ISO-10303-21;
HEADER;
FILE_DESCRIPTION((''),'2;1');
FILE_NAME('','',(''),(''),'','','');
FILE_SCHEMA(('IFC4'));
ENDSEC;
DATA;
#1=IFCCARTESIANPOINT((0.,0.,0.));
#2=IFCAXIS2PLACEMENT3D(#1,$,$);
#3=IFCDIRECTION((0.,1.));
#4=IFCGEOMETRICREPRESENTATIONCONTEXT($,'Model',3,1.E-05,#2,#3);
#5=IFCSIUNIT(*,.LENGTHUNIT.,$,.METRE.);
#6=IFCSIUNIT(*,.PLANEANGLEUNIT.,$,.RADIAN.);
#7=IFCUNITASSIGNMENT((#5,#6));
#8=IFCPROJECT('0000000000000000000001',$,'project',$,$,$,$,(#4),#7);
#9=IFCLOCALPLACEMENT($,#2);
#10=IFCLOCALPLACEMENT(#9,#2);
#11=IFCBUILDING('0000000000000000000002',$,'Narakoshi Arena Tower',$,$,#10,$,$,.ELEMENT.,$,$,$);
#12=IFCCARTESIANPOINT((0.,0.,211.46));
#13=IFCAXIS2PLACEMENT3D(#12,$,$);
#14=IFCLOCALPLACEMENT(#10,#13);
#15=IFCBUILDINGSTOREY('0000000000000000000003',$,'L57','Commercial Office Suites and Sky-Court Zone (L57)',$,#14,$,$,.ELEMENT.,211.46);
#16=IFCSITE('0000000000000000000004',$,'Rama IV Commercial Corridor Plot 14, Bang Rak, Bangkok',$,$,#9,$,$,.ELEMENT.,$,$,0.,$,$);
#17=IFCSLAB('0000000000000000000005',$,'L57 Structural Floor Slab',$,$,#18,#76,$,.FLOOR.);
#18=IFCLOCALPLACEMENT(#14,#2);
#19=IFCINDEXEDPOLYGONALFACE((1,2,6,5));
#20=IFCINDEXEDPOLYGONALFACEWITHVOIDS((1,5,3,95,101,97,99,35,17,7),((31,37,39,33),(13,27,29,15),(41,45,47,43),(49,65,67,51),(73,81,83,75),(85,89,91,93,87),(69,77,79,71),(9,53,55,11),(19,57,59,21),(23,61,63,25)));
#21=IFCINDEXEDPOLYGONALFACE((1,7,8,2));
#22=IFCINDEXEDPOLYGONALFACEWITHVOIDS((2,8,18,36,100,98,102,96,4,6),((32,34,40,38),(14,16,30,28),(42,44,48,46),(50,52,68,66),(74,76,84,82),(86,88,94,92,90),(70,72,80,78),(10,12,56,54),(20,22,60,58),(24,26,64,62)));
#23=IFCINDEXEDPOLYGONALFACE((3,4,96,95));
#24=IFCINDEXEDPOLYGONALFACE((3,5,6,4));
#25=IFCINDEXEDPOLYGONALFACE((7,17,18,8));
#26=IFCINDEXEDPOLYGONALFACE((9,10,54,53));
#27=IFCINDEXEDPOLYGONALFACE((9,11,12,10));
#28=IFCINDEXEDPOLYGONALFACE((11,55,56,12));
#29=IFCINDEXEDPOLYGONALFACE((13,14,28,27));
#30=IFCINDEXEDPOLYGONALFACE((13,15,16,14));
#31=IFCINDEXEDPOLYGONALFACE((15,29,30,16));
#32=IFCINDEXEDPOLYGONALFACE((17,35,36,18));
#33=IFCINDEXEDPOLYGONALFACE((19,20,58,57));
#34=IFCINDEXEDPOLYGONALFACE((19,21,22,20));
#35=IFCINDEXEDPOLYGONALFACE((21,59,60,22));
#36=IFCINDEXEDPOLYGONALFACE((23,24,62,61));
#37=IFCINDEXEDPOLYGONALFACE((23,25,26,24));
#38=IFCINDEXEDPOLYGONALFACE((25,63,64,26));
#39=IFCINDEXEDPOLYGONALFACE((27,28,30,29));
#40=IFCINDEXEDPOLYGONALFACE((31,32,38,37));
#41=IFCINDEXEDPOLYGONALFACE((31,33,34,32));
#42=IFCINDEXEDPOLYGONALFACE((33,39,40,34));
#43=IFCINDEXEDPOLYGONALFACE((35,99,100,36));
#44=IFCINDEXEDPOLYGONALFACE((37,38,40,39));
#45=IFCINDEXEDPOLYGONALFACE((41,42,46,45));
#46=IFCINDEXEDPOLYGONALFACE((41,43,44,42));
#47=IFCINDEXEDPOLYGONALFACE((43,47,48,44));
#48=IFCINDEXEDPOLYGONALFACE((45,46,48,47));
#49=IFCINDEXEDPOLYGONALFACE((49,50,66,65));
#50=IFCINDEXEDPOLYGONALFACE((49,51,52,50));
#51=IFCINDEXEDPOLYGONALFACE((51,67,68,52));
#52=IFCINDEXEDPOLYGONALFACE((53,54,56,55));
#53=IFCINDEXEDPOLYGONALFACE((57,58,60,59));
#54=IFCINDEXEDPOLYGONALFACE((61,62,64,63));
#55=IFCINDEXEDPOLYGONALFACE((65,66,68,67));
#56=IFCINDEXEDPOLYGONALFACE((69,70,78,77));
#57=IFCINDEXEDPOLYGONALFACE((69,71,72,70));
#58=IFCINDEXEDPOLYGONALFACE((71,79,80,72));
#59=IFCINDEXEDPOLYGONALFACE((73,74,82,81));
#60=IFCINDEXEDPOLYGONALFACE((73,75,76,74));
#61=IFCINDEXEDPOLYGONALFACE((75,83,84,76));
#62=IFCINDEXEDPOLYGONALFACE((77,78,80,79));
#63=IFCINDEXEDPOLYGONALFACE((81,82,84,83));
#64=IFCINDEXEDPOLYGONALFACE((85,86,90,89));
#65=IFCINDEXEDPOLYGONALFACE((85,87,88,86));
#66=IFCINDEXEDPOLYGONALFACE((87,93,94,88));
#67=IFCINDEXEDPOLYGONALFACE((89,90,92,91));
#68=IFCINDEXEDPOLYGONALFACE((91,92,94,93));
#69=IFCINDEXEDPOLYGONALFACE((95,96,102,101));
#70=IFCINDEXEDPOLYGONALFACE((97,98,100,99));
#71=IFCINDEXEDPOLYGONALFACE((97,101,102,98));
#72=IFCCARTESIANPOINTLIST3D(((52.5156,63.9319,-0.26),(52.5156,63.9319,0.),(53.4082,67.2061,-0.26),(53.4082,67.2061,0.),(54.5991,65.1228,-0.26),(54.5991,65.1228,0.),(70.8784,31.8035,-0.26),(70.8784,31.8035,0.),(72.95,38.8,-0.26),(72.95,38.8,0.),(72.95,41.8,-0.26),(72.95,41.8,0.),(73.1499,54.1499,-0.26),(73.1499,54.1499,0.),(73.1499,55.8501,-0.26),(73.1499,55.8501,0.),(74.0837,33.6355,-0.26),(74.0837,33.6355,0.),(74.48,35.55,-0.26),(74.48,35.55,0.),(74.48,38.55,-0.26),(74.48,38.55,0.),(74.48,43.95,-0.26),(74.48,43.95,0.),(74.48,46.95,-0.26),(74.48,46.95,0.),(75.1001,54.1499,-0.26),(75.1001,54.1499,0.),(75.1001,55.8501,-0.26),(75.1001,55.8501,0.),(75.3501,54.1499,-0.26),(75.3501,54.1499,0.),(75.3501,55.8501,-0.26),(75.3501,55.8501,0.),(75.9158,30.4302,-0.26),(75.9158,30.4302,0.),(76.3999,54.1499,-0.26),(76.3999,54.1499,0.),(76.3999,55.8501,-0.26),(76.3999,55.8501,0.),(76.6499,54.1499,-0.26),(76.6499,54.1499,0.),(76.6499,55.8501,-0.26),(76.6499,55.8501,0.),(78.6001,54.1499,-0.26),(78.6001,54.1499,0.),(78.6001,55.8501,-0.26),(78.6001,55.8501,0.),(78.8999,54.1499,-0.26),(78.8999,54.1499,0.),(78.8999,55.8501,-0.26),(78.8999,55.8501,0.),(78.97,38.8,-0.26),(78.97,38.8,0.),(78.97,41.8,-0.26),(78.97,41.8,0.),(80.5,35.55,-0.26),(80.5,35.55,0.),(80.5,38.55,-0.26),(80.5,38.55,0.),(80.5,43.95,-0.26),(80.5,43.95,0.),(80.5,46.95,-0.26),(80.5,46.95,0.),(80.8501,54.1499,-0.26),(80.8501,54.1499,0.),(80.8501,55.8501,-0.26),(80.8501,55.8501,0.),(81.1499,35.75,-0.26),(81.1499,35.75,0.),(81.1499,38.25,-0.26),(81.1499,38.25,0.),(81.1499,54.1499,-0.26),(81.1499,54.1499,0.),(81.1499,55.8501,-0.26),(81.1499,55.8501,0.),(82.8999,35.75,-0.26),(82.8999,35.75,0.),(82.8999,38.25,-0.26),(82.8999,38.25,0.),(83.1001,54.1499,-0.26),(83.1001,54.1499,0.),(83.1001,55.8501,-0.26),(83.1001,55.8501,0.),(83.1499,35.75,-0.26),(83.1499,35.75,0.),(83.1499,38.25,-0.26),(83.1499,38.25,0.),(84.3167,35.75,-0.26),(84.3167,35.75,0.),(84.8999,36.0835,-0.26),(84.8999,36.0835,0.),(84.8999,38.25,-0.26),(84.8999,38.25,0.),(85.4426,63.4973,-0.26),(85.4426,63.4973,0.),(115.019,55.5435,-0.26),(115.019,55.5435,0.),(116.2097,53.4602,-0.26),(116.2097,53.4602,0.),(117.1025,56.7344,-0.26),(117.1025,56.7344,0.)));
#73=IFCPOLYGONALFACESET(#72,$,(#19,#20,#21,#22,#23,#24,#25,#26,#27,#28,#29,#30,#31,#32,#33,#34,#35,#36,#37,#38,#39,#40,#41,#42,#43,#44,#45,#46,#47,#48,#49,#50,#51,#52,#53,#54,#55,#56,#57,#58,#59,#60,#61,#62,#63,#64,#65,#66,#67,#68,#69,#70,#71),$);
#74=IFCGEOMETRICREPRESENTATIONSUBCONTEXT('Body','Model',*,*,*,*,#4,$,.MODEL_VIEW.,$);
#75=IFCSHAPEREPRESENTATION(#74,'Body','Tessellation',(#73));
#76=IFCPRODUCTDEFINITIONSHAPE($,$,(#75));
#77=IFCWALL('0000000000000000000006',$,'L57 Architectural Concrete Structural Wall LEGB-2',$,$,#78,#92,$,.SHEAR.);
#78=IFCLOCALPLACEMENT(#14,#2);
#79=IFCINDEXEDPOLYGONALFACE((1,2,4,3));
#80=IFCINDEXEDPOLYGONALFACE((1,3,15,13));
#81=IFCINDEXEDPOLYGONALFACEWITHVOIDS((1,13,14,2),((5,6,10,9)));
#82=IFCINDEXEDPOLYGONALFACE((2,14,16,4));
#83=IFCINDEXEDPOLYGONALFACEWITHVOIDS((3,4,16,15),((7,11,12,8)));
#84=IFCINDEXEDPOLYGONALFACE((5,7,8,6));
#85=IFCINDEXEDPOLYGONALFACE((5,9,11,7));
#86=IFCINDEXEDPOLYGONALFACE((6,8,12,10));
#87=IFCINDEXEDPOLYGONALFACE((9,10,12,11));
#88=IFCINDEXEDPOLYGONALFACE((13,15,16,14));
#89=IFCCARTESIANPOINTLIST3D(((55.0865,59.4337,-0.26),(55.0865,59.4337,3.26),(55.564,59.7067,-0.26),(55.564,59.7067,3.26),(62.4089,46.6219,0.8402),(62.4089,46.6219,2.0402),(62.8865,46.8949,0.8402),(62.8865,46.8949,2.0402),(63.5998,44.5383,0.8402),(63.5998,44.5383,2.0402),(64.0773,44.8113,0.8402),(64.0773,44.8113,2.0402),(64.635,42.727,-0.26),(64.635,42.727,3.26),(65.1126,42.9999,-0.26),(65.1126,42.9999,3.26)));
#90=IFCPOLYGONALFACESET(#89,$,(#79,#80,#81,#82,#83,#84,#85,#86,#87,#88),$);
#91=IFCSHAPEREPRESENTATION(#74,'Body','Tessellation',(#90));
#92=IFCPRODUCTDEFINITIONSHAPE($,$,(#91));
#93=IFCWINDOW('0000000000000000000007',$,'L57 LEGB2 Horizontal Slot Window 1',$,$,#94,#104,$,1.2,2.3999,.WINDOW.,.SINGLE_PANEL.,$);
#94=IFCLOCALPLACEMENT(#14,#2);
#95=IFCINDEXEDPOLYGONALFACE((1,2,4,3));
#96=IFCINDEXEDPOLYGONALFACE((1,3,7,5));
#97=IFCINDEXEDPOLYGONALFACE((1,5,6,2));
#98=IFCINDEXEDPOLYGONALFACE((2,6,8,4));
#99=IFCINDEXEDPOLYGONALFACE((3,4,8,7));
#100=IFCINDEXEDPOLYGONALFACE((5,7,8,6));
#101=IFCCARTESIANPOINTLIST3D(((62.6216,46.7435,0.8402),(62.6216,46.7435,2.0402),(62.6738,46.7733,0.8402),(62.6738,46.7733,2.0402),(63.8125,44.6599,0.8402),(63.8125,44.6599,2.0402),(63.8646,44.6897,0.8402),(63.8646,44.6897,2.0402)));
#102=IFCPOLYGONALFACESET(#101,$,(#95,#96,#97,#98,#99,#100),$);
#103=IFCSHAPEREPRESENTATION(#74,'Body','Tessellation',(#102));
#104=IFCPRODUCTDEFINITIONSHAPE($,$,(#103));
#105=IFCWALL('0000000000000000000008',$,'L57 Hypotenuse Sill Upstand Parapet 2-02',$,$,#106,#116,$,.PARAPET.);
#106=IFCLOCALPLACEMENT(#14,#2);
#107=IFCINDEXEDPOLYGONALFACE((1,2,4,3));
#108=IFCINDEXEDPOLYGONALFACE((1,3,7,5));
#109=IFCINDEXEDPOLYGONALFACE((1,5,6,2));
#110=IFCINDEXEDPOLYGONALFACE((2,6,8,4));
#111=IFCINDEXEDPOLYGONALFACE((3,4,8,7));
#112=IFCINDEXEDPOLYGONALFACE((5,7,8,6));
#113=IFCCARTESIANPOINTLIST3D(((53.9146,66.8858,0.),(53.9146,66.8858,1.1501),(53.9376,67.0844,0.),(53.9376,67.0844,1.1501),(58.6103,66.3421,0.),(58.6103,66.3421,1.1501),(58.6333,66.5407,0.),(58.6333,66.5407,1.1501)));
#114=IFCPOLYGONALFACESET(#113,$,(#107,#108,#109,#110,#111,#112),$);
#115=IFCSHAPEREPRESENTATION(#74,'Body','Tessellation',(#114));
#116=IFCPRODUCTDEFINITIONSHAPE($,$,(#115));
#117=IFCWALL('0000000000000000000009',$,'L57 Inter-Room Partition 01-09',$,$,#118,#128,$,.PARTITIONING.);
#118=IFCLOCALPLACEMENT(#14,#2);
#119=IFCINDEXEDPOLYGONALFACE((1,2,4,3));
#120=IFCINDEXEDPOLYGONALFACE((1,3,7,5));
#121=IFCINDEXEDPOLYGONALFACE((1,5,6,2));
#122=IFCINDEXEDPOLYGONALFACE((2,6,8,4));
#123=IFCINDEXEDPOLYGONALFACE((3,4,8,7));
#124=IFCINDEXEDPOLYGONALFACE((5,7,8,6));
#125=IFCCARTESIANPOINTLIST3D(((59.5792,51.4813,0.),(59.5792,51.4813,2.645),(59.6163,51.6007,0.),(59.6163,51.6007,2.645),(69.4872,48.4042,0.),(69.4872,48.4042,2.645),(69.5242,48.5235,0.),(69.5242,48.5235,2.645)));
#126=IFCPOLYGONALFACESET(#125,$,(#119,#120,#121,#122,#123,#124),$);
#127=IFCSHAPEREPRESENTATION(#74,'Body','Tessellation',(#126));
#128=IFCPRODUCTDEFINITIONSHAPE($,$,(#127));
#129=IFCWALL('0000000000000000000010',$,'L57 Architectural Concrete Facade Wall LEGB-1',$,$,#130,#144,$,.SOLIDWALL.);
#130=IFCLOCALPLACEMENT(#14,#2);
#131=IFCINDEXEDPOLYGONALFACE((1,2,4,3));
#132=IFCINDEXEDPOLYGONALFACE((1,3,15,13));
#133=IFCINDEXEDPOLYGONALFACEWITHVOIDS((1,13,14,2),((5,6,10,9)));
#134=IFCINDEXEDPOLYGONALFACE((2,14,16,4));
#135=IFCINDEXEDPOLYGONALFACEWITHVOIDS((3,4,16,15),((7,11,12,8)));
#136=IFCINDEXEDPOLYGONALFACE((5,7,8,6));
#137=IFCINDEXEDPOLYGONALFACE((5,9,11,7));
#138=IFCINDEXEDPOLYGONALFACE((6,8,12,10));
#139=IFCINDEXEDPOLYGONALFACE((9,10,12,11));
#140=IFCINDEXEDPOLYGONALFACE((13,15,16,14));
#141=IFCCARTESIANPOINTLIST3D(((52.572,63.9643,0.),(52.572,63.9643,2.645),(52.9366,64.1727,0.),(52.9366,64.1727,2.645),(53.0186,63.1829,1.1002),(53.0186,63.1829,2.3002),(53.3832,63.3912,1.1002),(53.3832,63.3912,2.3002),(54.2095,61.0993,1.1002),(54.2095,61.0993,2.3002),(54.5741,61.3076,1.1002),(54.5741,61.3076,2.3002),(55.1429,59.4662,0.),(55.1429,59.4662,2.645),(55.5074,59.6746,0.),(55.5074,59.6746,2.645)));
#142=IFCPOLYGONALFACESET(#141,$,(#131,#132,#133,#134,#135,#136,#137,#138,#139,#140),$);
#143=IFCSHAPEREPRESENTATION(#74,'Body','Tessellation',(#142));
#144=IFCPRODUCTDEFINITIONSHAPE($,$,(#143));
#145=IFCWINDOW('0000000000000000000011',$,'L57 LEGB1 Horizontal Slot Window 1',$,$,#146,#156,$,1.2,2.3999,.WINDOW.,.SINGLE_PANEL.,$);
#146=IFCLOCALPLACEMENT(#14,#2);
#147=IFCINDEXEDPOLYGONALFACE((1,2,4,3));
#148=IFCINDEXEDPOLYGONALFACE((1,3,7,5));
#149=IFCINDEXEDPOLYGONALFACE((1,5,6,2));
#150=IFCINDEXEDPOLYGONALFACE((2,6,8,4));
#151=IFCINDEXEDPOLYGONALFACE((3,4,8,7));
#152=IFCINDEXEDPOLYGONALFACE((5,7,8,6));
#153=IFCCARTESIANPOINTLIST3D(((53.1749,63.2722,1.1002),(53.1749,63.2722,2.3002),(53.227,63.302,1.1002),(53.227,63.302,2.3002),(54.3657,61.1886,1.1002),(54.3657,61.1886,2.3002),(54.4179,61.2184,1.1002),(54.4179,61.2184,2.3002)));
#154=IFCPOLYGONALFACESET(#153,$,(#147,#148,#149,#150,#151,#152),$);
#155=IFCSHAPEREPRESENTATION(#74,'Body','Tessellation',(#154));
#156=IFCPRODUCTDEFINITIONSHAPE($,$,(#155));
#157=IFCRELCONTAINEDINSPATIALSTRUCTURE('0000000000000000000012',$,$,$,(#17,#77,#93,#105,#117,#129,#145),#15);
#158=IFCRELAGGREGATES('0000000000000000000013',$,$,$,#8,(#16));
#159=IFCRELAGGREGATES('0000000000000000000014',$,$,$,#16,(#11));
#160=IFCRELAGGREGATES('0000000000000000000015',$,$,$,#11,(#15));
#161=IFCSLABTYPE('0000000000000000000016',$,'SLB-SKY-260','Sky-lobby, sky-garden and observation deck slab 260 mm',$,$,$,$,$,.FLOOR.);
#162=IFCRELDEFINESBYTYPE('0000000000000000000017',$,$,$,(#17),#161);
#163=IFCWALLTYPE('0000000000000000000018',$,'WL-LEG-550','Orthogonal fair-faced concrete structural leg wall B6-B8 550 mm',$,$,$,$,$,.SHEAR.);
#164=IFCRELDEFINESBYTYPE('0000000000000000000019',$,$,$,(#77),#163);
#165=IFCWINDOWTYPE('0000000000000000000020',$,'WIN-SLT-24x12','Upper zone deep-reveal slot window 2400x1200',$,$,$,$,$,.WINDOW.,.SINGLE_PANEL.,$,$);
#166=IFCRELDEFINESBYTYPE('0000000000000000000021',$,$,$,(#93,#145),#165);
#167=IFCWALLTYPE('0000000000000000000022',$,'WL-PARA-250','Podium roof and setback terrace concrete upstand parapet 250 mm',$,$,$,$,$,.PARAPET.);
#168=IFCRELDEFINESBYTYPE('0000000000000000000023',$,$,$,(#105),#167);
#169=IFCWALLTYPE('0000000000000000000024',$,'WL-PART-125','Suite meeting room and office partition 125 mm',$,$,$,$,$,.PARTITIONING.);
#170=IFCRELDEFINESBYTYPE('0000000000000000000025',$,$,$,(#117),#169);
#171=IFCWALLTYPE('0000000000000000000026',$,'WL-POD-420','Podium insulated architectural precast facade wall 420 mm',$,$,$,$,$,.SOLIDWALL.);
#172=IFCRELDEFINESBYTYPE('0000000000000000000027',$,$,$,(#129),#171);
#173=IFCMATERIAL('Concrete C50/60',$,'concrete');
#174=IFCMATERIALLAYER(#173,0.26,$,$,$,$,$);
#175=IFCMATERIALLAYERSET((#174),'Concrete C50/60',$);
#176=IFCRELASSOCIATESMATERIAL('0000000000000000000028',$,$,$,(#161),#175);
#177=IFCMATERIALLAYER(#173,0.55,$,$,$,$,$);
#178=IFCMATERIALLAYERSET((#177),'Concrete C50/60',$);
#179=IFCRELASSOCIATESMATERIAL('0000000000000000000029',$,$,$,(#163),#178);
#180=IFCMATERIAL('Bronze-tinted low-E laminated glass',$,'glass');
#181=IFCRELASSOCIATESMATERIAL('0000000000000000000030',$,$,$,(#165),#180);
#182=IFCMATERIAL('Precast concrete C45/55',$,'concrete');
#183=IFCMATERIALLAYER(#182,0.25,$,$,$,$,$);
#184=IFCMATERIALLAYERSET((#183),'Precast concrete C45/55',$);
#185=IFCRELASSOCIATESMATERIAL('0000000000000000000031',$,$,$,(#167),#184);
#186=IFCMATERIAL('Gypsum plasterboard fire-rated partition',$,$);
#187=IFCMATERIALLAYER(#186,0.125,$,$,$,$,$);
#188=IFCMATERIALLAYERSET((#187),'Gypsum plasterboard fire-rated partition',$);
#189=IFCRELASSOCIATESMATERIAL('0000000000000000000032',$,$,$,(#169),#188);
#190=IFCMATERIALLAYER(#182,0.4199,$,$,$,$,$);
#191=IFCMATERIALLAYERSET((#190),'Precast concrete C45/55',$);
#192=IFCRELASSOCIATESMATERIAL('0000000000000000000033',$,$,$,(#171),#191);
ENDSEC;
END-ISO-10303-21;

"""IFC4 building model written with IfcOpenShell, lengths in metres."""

from ifc_helpers import new_model, si_unit, direction, frame, frame_2d, origin, place, context, subcontext, project, spatial, polyline, rectangle, outline, extrude, material, layer, layer_set, type_object, element, fill, save


model = new_model("IFC4")

# Units and contexts
model_context = context("Model", 3, precision=1e-05, world=origin(), true_north=direction((0.0, 1.0)))
body_context = subcontext(model_context, "Body", "Model", "MODEL_VIEW")
ifc_project = project(units=[si_unit("LENGTHUNIT", "METRE"), si_unit("PLANEANGLEUNIT", "RADIAN")], contexts=[model_context])

# Site, building, storey
site_placement = place(None, origin())
site = spatial("IfcSite", under=ifc_project, at=site_placement, Name="Rama IV Commercial Corridor Plot 14, Bang Rak, Bangkok", CompositionType="ELEMENT", RefElevation=0.0)
building_placement = place(site_placement, origin())
building = spatial("IfcBuilding", under=site, at=building_placement, Name="Narakoshi Arena Tower", CompositionType="ELEMENT")
storey_placement = place(building_placement, frame((0.0, 0.0, 211.46)))
storey = spatial("IfcBuildingStorey", under=building, at=storey_placement, Name="L57", Description="Commercial Office Suites and Sky-Court Zone (L57)", CompositionType="ELEMENT", Elevation=211.46)

# Shared definitions
ifc_material_1 = material(Name="Concrete C50/60", Category="concrete")

# Shared definitions
ifc_material_2 = material(Name="Bronze-tinted low-E laminated glass", Category="glass")

# Slab
ifc_layer_1 = layer(ifc_material_1, 0.26)
ifc_layer_set_1 = layer_set([ifc_layer_1], Name="Concrete C50/60")
slab_type_1 = type_object("IfcSlabType", Name="SLB-SKY-260", Description="Sky-lobby, sky-garden and observation deck slab 260 mm", PredefinedType="FLOOR", material=ifc_layer_set_1)
slab_1_placement = place(storey_placement, frame((0.0, 0.0, -0.26)))
element("IfcSlab", 1, at=slab_1_placement, inside=storey, type_object=slab_type_1, Name="L57 Structural Floor Slab", PredefinedType="FLOOR", context=body_context, shape_type="SweptSolid", body=[
    extrude(outline(polyline([(75.9158, 30.4302), (116.2097, 53.4602), (115.019, 55.5435), (117.1025, 56.7344), (85.4426, 63.4973), (53.4082, 67.2061), (54.5991, 65.1228), (52.5156, 63.9319), (70.8784, 31.8035), (74.0837, 33.6355), (75.9158, 30.4302)]), holes=[polyline([(80.5, 35.55), (74.48, 35.55), (74.48, 38.55), (80.5, 38.55), (80.5, 35.55)]), polyline([(82.8999, 35.75), (81.1499, 35.75), (81.1499, 38.25), (82.8999, 38.25), (82.8999, 35.75)]), polyline([(84.8999, 36.0835), (84.3167, 35.75), (83.1499, 35.75), (83.1499, 38.25), (84.8999, 38.25), (84.8999, 36.0835)]), polyline([(72.95, 38.8), (72.95, 41.8), (78.97, 41.8), (78.97, 38.8), (72.95, 38.8)]), polyline([(74.48, 43.95), (74.48, 46.95), (80.5, 46.95), (80.5, 43.95), (74.48, 43.95)]), polyline([(75.1001, 54.1499), (73.1499, 54.1499), (73.1499, 55.8501), (75.1001, 55.8501), (75.1001, 54.1499)]), polyline([(76.3999, 54.1499), (75.3501, 54.1499), (75.3501, 55.8501), (76.3999, 55.8501), (76.3999, 54.1499)]), polyline([(78.6001, 54.1499), (76.6499, 54.1499), (76.6499, 55.8501), (78.6001, 55.8501), (78.6001, 54.1499)]), polyline([(78.8999, 54.1499), (78.8999, 55.8501), (80.8501, 55.8501), (80.8501, 54.1499), (78.8999, 54.1499)]), polyline([(81.1499, 54.1499), (81.1499, 55.8501), (83.1001, 55.8501), (83.1001, 54.1499), (81.1499, 54.1499)])]), origin(), (0.0, 0.0, 1.0), 0.26),
])

# Wall, opening, window
ifc_layer_2 = layer(ifc_material_1, 0.55)
ifc_layer_set_2 = layer_set([ifc_layer_2], Name="Concrete C50/60")
wall_type_1 = type_object("IfcWallType", Name="WL-LEG-550", Description="Orthogonal fair-faced concrete structural leg wall B6-B8 550 mm", PredefinedType="SHEAR", material=ifc_layer_set_2)
wall_1_placement = place(storey_placement, frame((55.3252, 59.5703, -0.26), z_axis=(0.0, 0.0, 1.0), x_axis=(0.496211, -0.868202, 0.0)))
wall_1 = element("IfcWall", 2, at=wall_1_placement, inside=storey, type_object=wall_type_1, Name="L57 Architectural Concrete Structural Wall LEGB-2", PredefinedType="SHEAR", context=body_context, shape_type="SweptSolid", body=[
    extrude(rectangle(XDim=19.2429, YDim=0.55, at=frame_2d((9.6216, 0.0))), origin(), (0.0, 0.0, 1.0), 3.52),
])
opening_1_placement = place(wall_1_placement, frame((14.7568, 0.0, 1.1001)))
opening_1 = element("IfcOpeningElement", 3, at=opening_1_placement, cuts=wall_1, PredefinedType="OPENING", context=body_context, shape_type="SweptSolid", body=[
    extrude(rectangle(XDim=2.3999, YDim=1.2, at=frame_2d((1.2, 0.6001))), frame((0.0, 0.2849, 0.0), z_axis=(0.0, -1.0, 0.0), x_axis=(1.0, 0.0, 0.0)), (0.0, 0.0, 1.0), 0.5701),
])
window_type_1 = type_object("IfcWindowType", Name="WIN-SLT-24x12", Description="Upper zone deep-reveal slot window 2400x1200", PartitioningType="SINGLE_PANEL", PredefinedType="WINDOW", material=ifc_material_2)
window_1_placement = place(opening_1_placement, origin())
window_1 = element("IfcWindow", 4, at=window_1_placement, inside=storey, type_object=window_type_1, Name="L57 LEGB2 Horizontal Slot Window 1", OverallHeight=1.2, OverallWidth=2.3999, PartitioningType="SINGLE_PANEL", PredefinedType="WINDOW", context=body_context, shape_type="SweptSolid", body=[
    extrude(rectangle(XDim=2.3999, YDim=1.2, at=frame_2d((1.2, 0.6001))), frame((0.0, 0.03, 0.0), z_axis=(0.0, -1.0, 0.0), x_axis=(1.0, 0.0, 0.0)), (0.0, 0.0, 1.0), 0.0601),
])
fill(opening_1, window_1)

# Walls
ifc_material_3 = material(Name="Precast concrete C45/55", Category="concrete")
ifc_layer_3 = layer(ifc_material_3, 0.25)
ifc_layer_set_3 = layer_set([ifc_layer_3], Name="Precast concrete C45/55")
wall_type_2 = type_object("IfcWallType", Name="WL-PARA-250", Description="Podium roof and setback terrace concrete upstand parapet 250 mm", PredefinedType="PARAPET", material=ifc_layer_set_3)
wall_2_placement = place(storey_placement, frame((58.6218, 66.4414, 0.0), z_axis=(0.0, 0.0, 1.0), x_axis=(-0.993363, 0.115022, 0.0)))
element("IfcWall", 5, at=wall_2_placement, inside=storey, type_object=wall_type_2, Name="L57 Hypotenuse Sill Upstand Parapet 2-02", PredefinedType="PARAPET", context=body_context, shape_type="SweptSolid", body=[
    extrude(rectangle(XDim=4.7271, YDim=0.2, at=frame_2d((2.3635, 0.0))), origin(), (0.0, 0.0, 1.0), 1.1501),
])
ifc_material_4 = material(Name="Gypsum plasterboard fire-rated partition")
ifc_layer_4 = layer(ifc_material_4, 0.125)
ifc_layer_set_4 = layer_set([ifc_layer_4], Name="Gypsum plasterboard fire-rated partition")
wall_type_3 = type_object("IfcWallType", Name="WL-PART-125", Description="Suite meeting room and office partition 125 mm", PredefinedType="PARTITIONING", material=ifc_layer_set_4)
wall_3_placement = place(storey_placement, frame((59.5977, 51.541, 0.0), z_axis=(0.0, 0.0, 1.0), x_axis=(0.955002, -0.296598, 0.0)))
element("IfcWall", 6, at=wall_3_placement, inside=storey, type_object=wall_type_3, Name="L57 Inter-Room Partition 01-09", PredefinedType="PARTITIONING", context=body_context, shape_type="SweptSolid", body=[
    extrude(rectangle(XDim=10.3748, YDim=0.125, at=frame_2d((5.1875, 0.0))), origin(), (0.0, 0.0, 1.0), 2.645),
])

# Wall, opening, window
ifc_layer_5 = layer(ifc_material_3, 0.4199)
ifc_layer_set_5 = layer_set([ifc_layer_5], Name="Precast concrete C45/55")
wall_type_4 = type_object("IfcWallType", Name="WL-POD-420", Description="Podium insulated architectural precast facade wall 420 mm", PredefinedType="SOLIDWALL", material=ifc_layer_set_5)
wall_4_placement = place(storey_placement, frame((52.7544, 64.0684, 0.0), z_axis=(0.0, 0.0, 1.0), x_axis=(0.49621, -0.868203, 0.0)))
wall_4 = element("IfcWall", 7, at=wall_4_placement, inside=storey, type_object=wall_type_4, Name="L57 Architectural Concrete Facade Wall LEGB-1", PredefinedType="SOLIDWALL", context=body_context, shape_type="SweptSolid", body=[
    extrude(rectangle(XDim=5.1809, YDim=0.4199, at=frame_2d((2.5903, 0.0))), origin(), (0.0, 0.0, 1.0), 2.645),
])
opening_2_placement = place(wall_4_placement, frame((0.8999, 0.0, 1.1001)))
opening_2 = element("IfcOpeningElement", 8, at=opening_2_placement, cuts=wall_4, PredefinedType="OPENING", context=body_context, shape_type="SweptSolid", body=[
    extrude(rectangle(XDim=2.3999, YDim=1.2, at=frame_2d((1.2, 0.6001))), frame((0.0, 0.22, 0.0), z_axis=(0.0, -1.0, 0.0), x_axis=(1.0, 0.0, 0.0)), (0.0, 0.0, 1.0), 0.4399),
])
window_2_placement = place(opening_2_placement, origin())
window_2 = element("IfcWindow", 9, at=window_2_placement, inside=storey, type_object=window_type_1, Name="L57 LEGB1 Horizontal Slot Window 1", OverallHeight=1.2, OverallWidth=2.3999, PartitioningType="SINGLE_PANEL", PredefinedType="WINDOW", context=body_context, shape_type="SweptSolid", body=[
    extrude(rectangle(XDim=2.3999, YDim=1.2, at=frame_2d((1.2, 0.6001))), frame((0.0, 0.03, 0.0), z_axis=(0.0, -1.0, 0.0), x_axis=(1.0, 0.0, 0.0)), (0.0, 0.0, 1.0), 0.0601),
])
fill(opening_2, window_2)

save(model, "model.ifc")
